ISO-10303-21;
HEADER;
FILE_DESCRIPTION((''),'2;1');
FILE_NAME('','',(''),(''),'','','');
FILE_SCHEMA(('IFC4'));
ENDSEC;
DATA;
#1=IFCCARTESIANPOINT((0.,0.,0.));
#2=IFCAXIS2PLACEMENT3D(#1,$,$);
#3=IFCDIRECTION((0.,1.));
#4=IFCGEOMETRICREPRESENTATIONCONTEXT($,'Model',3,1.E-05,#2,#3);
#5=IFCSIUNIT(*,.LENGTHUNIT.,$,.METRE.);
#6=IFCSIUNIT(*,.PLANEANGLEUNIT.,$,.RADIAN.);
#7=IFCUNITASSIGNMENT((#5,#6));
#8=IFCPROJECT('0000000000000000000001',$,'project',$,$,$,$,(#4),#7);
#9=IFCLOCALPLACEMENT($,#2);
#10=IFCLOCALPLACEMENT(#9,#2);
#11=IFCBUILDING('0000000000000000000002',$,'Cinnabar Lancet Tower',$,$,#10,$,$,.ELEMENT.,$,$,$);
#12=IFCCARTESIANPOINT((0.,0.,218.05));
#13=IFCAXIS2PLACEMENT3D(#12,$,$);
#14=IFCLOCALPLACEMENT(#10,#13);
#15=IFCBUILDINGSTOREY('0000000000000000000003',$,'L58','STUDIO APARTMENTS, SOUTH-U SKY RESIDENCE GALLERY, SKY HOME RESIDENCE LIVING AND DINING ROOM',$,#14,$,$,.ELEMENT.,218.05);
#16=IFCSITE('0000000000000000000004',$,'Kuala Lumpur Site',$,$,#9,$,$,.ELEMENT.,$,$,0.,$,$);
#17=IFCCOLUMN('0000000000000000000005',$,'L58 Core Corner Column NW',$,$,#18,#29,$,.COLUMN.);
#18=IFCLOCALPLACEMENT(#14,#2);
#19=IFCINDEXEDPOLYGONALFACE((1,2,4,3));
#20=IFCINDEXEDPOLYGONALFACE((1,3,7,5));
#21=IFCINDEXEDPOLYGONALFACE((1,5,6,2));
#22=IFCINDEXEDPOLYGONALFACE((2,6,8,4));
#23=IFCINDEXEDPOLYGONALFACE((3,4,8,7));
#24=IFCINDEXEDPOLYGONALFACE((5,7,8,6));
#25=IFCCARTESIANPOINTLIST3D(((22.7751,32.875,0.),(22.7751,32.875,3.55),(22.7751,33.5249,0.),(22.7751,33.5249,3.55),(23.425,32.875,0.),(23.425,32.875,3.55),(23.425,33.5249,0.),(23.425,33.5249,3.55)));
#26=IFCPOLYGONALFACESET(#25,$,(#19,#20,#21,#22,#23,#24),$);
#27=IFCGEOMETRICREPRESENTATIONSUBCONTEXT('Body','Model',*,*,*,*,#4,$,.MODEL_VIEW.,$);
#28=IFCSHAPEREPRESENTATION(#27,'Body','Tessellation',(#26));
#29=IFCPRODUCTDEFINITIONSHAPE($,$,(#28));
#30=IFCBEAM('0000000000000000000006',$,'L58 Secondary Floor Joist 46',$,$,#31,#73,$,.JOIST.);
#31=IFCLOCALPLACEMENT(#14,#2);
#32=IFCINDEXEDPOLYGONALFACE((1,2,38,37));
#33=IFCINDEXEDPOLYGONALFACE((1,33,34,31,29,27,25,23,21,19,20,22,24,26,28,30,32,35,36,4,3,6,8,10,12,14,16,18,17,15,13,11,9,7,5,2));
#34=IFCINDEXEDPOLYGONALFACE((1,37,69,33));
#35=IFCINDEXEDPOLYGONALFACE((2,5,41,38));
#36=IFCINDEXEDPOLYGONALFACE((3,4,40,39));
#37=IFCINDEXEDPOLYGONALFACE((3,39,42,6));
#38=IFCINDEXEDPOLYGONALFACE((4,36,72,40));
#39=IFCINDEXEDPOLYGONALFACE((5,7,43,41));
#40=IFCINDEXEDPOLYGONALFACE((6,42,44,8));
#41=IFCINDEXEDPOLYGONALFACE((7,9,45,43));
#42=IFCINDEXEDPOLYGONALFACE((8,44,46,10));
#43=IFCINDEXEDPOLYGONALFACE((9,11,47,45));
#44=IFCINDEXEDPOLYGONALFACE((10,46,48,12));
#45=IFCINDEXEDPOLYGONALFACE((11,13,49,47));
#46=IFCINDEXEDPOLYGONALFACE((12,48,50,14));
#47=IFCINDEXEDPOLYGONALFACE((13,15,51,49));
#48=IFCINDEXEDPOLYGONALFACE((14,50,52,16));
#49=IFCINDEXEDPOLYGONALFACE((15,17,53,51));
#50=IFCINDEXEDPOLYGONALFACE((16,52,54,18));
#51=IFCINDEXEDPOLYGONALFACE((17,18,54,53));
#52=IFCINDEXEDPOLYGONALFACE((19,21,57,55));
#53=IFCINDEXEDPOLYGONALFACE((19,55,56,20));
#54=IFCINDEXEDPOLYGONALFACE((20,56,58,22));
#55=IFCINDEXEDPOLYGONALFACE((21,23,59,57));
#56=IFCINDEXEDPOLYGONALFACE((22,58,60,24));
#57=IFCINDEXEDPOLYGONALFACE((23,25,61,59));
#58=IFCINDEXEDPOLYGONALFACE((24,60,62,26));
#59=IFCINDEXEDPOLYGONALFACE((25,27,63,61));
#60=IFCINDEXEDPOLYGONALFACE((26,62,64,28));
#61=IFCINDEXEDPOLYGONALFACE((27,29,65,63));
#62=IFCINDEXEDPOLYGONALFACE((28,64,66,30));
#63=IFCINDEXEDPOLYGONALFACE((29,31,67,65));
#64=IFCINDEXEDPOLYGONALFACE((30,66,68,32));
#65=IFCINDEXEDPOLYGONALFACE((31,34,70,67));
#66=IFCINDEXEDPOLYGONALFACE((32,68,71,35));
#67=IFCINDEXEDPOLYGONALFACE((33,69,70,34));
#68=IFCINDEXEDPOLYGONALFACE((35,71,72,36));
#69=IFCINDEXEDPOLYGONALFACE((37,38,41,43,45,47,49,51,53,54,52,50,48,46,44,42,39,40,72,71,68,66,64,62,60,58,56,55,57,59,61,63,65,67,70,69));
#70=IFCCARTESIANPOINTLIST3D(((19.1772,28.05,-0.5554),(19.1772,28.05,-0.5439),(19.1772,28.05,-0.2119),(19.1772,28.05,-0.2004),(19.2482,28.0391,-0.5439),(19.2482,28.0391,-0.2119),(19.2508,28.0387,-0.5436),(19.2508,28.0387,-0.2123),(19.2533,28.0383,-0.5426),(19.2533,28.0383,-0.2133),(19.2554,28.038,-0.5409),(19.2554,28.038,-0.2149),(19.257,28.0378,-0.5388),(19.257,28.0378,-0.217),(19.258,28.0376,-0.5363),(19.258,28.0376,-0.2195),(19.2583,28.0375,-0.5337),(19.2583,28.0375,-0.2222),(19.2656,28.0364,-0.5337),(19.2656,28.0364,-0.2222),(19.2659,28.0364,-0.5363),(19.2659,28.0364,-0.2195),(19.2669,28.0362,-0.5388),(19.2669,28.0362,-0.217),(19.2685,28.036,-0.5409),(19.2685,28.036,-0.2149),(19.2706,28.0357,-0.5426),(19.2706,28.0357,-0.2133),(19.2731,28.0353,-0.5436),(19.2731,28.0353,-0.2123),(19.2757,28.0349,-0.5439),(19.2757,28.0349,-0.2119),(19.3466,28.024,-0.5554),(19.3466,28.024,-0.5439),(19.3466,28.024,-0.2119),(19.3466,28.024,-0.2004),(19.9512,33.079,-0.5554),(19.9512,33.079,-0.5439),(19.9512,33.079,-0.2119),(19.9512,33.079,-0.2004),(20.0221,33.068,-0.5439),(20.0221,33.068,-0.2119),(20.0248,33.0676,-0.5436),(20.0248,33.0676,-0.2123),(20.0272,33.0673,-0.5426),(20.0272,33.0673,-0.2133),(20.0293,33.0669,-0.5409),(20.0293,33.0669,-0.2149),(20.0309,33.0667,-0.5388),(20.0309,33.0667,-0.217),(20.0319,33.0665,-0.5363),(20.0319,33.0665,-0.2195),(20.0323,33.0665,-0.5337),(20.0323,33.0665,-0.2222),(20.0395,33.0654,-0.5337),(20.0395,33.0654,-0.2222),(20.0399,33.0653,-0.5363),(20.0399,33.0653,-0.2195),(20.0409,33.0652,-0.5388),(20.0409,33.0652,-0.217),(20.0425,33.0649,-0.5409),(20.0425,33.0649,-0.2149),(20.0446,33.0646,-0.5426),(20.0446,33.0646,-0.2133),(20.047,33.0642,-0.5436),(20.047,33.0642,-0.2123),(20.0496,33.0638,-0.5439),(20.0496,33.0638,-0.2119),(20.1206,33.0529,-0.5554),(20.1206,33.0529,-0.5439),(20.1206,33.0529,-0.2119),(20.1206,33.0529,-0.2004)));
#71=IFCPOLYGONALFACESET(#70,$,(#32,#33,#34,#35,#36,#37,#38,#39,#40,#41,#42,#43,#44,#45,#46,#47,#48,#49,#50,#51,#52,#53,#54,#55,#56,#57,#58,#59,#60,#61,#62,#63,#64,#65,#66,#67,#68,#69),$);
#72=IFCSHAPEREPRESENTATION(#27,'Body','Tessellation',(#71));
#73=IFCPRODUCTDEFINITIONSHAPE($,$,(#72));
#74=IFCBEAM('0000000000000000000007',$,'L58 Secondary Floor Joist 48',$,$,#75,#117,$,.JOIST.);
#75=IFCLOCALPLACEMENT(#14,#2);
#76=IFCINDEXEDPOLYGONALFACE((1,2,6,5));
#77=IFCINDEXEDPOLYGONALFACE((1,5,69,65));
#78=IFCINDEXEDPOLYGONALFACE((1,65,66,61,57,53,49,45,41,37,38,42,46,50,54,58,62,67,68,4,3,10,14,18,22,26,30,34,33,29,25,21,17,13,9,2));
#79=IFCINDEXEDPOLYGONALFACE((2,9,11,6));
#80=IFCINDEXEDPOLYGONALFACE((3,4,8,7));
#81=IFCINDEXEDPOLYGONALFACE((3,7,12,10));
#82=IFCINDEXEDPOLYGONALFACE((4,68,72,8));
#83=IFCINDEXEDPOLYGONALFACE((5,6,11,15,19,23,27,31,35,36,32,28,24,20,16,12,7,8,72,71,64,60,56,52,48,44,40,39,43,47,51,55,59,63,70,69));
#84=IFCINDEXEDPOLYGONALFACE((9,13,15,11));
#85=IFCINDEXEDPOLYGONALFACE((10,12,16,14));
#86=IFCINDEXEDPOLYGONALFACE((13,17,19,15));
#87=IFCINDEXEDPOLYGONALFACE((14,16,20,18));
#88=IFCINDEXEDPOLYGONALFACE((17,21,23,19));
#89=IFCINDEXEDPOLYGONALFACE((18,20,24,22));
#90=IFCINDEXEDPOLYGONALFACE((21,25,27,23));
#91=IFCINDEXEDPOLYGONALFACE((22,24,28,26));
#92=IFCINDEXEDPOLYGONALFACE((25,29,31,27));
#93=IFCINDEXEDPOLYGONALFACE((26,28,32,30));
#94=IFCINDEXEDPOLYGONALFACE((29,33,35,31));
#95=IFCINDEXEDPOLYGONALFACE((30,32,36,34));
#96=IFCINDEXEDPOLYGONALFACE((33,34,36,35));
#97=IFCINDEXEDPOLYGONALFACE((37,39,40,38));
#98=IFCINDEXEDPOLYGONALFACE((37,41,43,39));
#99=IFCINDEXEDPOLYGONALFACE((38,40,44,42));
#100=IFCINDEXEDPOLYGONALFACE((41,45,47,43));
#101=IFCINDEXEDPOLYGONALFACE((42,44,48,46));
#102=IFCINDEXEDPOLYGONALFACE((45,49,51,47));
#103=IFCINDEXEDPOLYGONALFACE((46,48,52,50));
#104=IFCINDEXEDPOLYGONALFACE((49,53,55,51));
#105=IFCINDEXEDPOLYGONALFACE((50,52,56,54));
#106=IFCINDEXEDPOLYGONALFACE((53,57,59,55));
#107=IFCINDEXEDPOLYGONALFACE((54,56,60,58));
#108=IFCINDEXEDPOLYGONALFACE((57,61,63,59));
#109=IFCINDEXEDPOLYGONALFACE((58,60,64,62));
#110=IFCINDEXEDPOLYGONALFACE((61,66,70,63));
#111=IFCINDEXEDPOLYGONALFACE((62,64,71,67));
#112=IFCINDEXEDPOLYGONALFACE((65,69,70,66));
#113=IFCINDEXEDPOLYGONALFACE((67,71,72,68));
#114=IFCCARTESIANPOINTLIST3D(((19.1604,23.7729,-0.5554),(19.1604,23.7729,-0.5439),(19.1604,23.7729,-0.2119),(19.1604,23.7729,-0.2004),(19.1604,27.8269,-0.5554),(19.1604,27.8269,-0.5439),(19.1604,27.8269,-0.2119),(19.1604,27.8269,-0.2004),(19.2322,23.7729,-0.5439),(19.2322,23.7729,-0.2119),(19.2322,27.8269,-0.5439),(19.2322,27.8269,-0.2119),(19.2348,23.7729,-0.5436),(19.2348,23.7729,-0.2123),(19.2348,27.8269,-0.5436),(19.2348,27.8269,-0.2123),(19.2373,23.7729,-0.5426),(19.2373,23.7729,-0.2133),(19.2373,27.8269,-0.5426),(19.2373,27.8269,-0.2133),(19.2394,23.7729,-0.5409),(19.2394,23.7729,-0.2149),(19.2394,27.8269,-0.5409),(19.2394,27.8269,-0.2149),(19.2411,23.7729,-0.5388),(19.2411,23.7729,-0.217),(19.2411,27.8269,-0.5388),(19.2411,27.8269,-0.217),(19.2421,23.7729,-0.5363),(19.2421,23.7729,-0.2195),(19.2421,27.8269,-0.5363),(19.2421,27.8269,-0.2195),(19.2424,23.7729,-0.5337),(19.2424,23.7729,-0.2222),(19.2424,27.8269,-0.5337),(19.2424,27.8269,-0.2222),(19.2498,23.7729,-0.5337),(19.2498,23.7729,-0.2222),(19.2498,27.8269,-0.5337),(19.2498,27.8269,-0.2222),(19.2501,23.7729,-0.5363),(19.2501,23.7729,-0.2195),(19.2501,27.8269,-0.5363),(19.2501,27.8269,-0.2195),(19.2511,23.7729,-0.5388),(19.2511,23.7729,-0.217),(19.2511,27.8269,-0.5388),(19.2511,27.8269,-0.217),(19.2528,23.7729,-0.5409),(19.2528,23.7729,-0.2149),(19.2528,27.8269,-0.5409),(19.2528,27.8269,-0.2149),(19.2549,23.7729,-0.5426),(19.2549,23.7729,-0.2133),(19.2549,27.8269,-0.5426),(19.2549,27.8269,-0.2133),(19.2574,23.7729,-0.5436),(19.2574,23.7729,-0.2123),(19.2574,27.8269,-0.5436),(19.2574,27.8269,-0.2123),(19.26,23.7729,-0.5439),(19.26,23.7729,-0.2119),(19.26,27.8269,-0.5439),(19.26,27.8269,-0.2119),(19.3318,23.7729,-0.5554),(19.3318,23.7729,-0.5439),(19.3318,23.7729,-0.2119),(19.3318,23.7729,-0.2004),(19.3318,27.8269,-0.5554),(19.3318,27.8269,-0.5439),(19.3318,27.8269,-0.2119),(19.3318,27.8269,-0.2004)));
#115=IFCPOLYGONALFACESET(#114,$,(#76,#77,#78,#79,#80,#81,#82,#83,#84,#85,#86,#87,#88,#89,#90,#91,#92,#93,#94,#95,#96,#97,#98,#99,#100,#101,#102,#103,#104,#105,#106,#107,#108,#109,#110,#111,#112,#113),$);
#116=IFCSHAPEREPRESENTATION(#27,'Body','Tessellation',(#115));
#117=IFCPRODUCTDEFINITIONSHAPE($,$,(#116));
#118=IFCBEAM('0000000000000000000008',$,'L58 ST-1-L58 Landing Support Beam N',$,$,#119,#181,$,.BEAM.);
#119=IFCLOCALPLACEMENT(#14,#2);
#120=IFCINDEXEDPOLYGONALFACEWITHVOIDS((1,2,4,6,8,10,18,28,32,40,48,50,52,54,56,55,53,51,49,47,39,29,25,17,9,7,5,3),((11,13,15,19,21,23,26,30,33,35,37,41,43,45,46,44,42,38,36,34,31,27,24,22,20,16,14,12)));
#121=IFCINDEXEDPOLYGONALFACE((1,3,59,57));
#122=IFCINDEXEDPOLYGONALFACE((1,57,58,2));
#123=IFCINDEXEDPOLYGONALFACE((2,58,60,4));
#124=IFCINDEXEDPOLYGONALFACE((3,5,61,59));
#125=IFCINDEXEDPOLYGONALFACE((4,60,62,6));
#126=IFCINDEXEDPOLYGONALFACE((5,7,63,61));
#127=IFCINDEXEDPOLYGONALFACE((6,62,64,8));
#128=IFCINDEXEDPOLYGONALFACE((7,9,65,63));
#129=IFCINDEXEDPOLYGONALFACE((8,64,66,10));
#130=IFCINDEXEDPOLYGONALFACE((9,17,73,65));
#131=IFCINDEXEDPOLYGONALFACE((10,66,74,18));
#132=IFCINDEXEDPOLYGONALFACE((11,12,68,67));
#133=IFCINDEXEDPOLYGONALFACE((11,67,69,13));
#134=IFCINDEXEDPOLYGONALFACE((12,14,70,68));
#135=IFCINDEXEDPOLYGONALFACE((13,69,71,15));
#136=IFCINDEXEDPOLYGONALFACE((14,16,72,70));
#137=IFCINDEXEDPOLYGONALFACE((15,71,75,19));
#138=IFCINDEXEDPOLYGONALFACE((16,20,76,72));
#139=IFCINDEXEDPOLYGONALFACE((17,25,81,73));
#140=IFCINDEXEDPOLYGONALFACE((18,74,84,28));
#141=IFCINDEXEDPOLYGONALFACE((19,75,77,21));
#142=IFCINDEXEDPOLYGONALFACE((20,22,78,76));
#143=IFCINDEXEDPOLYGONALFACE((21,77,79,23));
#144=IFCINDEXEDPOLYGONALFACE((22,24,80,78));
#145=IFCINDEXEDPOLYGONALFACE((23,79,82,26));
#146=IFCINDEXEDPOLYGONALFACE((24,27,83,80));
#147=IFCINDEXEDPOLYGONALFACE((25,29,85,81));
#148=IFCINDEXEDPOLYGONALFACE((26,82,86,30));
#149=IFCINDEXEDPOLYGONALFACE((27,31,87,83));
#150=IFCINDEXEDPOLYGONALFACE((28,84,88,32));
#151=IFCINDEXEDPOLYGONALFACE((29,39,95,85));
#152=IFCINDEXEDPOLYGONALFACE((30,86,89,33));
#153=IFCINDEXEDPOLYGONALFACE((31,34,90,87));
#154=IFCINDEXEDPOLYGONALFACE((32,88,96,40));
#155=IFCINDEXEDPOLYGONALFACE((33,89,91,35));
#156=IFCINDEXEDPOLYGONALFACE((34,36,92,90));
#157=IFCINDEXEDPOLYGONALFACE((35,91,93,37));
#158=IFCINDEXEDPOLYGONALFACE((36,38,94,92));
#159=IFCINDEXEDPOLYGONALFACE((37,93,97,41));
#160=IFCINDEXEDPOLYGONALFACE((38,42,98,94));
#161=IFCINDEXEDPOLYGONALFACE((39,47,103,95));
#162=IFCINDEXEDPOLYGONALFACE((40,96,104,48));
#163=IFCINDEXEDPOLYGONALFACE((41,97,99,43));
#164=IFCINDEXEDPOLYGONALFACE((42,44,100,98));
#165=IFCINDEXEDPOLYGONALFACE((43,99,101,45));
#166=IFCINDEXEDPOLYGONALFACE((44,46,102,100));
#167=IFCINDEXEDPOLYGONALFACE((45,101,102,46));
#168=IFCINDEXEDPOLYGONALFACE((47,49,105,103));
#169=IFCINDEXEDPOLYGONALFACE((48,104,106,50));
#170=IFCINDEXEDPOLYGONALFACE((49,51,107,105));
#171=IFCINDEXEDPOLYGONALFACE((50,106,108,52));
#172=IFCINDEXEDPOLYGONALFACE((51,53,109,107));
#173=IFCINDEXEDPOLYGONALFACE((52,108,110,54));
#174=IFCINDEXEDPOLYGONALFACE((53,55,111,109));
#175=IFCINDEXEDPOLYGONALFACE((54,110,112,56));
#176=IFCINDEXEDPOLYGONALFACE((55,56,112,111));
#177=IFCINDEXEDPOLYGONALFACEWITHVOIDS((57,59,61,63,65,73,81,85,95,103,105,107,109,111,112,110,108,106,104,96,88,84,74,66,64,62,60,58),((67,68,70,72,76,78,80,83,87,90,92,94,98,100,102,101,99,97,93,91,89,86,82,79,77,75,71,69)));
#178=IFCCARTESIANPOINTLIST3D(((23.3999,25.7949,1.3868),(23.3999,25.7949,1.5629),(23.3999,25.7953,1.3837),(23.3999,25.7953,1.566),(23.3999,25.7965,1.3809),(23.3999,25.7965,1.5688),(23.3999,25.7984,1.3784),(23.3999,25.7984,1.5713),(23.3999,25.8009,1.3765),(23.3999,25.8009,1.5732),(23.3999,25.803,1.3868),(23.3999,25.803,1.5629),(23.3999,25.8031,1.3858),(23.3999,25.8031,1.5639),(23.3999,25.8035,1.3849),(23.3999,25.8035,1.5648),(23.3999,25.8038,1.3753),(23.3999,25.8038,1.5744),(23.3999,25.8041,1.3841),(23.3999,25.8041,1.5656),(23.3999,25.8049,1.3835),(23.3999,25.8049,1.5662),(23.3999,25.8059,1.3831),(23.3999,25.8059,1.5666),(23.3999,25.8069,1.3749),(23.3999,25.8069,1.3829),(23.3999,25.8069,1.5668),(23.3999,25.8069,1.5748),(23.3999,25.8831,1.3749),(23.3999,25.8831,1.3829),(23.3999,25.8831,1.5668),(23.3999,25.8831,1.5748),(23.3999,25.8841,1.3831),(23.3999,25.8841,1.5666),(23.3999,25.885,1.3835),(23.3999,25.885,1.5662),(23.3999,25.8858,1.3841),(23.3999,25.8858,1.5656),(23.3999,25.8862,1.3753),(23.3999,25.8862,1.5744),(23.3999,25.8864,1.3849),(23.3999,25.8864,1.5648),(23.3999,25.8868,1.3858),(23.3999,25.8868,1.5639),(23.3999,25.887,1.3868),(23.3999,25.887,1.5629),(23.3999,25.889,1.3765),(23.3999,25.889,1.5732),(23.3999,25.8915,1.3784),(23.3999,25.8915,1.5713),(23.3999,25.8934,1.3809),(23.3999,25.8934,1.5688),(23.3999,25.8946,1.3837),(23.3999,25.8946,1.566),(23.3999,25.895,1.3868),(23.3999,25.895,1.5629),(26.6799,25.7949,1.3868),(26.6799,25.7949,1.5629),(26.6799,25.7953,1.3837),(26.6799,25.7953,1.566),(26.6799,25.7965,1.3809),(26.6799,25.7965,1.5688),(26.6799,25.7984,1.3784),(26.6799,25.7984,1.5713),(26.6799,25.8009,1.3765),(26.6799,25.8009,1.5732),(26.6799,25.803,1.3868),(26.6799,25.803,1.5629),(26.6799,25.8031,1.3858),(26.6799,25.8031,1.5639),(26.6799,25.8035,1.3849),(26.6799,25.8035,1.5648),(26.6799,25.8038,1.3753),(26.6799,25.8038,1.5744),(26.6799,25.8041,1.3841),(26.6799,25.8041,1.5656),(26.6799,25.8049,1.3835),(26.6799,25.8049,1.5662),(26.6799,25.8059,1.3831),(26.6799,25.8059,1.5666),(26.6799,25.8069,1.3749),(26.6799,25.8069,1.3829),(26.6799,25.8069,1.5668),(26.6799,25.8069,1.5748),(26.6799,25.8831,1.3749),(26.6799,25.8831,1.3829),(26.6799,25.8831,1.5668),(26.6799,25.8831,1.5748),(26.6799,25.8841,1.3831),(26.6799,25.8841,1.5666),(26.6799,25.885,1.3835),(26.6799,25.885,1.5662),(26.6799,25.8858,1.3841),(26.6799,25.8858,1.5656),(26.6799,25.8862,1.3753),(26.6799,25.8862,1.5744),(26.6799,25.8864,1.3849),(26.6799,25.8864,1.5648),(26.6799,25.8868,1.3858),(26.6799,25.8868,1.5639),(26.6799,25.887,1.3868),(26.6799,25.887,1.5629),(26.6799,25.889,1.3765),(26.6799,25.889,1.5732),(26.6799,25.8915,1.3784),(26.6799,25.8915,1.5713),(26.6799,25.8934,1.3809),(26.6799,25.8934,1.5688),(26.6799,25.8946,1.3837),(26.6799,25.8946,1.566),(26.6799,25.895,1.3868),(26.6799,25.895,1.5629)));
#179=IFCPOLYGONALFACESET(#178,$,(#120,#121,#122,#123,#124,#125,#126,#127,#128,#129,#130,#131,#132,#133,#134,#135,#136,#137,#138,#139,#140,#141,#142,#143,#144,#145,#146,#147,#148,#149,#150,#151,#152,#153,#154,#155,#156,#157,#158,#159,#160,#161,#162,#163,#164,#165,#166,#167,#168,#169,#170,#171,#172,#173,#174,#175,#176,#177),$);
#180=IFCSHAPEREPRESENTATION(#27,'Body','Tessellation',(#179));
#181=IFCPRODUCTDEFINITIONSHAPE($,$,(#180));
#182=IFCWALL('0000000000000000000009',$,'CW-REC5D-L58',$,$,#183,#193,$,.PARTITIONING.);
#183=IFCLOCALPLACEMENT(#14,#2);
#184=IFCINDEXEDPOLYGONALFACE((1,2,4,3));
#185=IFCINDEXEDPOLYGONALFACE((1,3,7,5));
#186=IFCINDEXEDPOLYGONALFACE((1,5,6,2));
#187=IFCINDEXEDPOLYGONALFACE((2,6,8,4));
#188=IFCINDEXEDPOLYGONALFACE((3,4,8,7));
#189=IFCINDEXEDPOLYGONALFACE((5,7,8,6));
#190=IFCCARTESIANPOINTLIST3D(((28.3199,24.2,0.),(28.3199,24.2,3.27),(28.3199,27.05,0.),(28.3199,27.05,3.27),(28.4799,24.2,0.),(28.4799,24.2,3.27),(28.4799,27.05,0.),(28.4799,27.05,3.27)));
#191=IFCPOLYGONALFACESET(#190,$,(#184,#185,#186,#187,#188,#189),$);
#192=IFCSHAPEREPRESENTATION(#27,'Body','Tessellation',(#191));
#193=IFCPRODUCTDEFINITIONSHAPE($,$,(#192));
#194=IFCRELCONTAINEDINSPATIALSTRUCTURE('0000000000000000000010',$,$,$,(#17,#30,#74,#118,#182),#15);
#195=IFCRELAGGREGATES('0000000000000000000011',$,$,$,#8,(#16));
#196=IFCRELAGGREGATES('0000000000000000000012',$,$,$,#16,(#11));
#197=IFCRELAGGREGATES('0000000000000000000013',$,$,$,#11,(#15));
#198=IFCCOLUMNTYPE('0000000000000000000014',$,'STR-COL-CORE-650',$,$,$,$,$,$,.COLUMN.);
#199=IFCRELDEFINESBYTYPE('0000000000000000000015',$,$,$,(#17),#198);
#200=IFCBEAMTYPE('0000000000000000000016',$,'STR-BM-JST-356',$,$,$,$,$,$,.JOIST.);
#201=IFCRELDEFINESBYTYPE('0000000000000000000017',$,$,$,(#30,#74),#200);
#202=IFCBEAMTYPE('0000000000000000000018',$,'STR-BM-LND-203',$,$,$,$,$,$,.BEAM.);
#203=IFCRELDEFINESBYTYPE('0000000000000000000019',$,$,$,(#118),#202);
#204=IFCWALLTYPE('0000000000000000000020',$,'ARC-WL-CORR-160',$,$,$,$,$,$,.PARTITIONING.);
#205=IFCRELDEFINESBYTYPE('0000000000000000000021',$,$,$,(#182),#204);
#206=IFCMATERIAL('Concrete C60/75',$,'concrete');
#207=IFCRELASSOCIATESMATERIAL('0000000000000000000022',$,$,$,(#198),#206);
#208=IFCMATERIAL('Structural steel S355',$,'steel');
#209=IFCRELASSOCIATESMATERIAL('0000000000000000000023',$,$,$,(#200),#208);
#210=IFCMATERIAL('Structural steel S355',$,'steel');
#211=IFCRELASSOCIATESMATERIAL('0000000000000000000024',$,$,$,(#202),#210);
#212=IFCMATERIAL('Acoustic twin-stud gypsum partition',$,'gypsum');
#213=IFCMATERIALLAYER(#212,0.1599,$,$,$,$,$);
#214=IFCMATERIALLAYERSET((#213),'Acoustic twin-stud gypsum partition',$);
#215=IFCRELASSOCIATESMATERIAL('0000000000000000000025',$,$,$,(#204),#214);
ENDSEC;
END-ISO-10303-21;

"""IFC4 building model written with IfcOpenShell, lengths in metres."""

from ifc_helpers import new_model, si_unit, direction, frame, frame_2d, origin, origin_2d, place, context, subcontext, project, spatial, rectangle, hollow_rectangle, i_section, extrude, material, layer, layer_set, material_profile, profile_set, type_object, element, save


model = new_model("IFC4")

# Units and contexts
model_context = context("Model", 3, precision=1e-05, world=origin(), true_north=direction((0.0, 1.0)))
body_context = subcontext(model_context, "Body", "Model", "MODEL_VIEW")
ifc_project = project(units=[si_unit("LENGTHUNIT", "METRE"), si_unit("PLANEANGLEUNIT", "RADIAN")], contexts=[model_context])

# Site, building, storey
site_placement = place(None, origin())
site = spatial("IfcSite", under=ifc_project, at=site_placement, Name="Kuala Lumpur Site", CompositionType="ELEMENT", RefElevation=0.0)
building_placement = place(site_placement, origin())
building = spatial("IfcBuilding", under=site, at=building_placement, Name="Cinnabar Lancet Tower", CompositionType="ELEMENT")
storey_placement = place(building_placement, frame((0.0, 0.0, 218.05)))
storey = spatial("IfcBuildingStorey", under=building, at=storey_placement, Name="L58", Description="STUDIO APARTMENTS, SOUTH-U SKY RESIDENCE GALLERY, SKY HOME RESIDENCE LIVING AND DINING ROOM", CompositionType="ELEMENT", Elevation=218.05)

# Column
ifc_material_1 = material(Name="Concrete C60/75", Category="concrete")
ifc_material_profile_1 = material_profile(ifc_material_1, rectangle(XDim=0.6499, YDim=0.6499, at=origin_2d()), Name="RC-COL 650x650")
ifc_profile_set_1 = profile_set([ifc_material_profile_1], Name="Concrete C60/75")
column_type = type_object("IfcColumnType", Name="STR-COL-CORE-650", PredefinedType="COLUMN", material=ifc_profile_set_1)
column_placement = place(storey_placement, frame((23.1001, 33.2, 0.0), z_axis=(0.0, 0.0, 1.0), x_axis=(1.0, 0.0, 0.0)))
element("IfcColumn", 1, at=column_placement, inside=storey, type_object=column_type, Name="L58 Core Corner Column NW", PredefinedType="COLUMN", context=body_context, shape_type="SweptSolid", body=[
    extrude(rectangle(XDim=0.6499, YDim=0.6499, at=origin_2d()), origin(), (0.0, 0.0, 1.0), 3.55),
])

# Beams
ifc_material_2 = material(Name="Structural steel S355", Category="steel")
ifc_material_profile_2 = material_profile(ifc_material_2, i_section(OverallWidth=0.1714, OverallDepth=0.355, WebThickness=0.0073, FlangeThickness=0.0115, FilletRadius=0.0103, at=origin_2d()), Name="UKB 356x171x51")
ifc_profile_set_2 = profile_set([ifc_material_profile_2], Name="Structural steel S355")
beam_type_1 = type_object("IfcBeamType", Name="STR-BM-JST-356", PredefinedType="JOIST", material=ifc_profile_set_2)
beam_1_placement = place(storey_placement, frame((20.0359, 33.0659, -0.3779), z_axis=(-0.152108, -0.988364, 0.0), x_axis=(0.988364, -0.152108, 0.0)))
element("IfcBeam", 2, at=beam_1_placement, inside=storey, type_object=beam_type_1, Name="L58 Secondary Floor Joist 46", PredefinedType="JOIST", context=body_context, shape_type="SweptSolid", body=[
    extrude(i_section(OverallWidth=0.1714, OverallDepth=0.355, WebThickness=0.0073, FlangeThickness=0.0115, FilletRadius=0.0103, at=origin_2d()), origin(), (0.0, 0.0, 1.0), 5.0881),
])
beam_2_placement = place(storey_placement, frame((19.2461, 27.8269, -0.3779), z_axis=(0.0, -1.0, 0.0), x_axis=(1.0, 0.0, 0.0)))
element("IfcBeam", 3, at=beam_2_placement, inside=storey, type_object=beam_type_1, Name="L58 Secondary Floor Joist 48", PredefinedType="JOIST", context=body_context, shape_type="SweptSolid", body=[
    extrude(i_section(OverallWidth=0.1714, OverallDepth=0.355, WebThickness=0.0073, FlangeThickness=0.0115, FilletRadius=0.0103, at=origin_2d()), origin(), (0.0, 0.0, 1.0), 4.054),
])
ifc_material_3 = material(Name="Structural steel S355", Category="steel")
ifc_material_profile_3 = material_profile(ifc_material_3, hollow_rectangle(XDim=0.1001, YDim=0.2, WallThickness=0.0081, InnerFilletRadius=0.0039, OuterFilletRadius=0.012, at=origin_2d()), Name="RHS 200x100x8")
ifc_profile_set_3 = profile_set([ifc_material_profile_3], Name="Structural steel S355")
beam_type_2 = type_object("IfcBeamType", Name="STR-BM-LND-203", PredefinedType="BEAM", material=ifc_profile_set_3)
beam_3_placement = place(storey_placement, frame((23.3999, 25.845, 1.4749), z_axis=(1.0, 0.0, 0.0), x_axis=(0.0, 1.0, 0.0)))
element("IfcBeam", 4, at=beam_3_placement, inside=storey, type_object=beam_type_2, Name="L58 ST-1-L58 Landing Support Beam N", PredefinedType="BEAM", context=body_context, shape_type="SweptSolid", body=[
    extrude(hollow_rectangle(XDim=0.1001, YDim=0.2, WallThickness=0.0081, InnerFilletRadius=0.0039, OuterFilletRadius=0.012, at=origin_2d()), origin(), (0.0, 0.0, 1.0), 3.28),
])

# Wall
ifc_material_4 = material(Name="Acoustic twin-stud gypsum partition", Category="gypsum")
ifc_layer_1 = layer(ifc_material_4, 0.1599)
ifc_layer_set_1 = layer_set([ifc_layer_1], Name="Acoustic twin-stud gypsum partition")
wall_type_1 = type_object("IfcWallType", Name="ARC-WL-CORR-160", PredefinedType="PARTITIONING", material=ifc_layer_set_1)
wall_1_placement = place(storey_placement, frame((28.3999, 24.2, 0.0), z_axis=(0.0, 0.0, 1.0), x_axis=(0.0, 1.0, 0.0)))
element("IfcWall", 5, at=wall_1_placement, inside=storey, type_object=wall_type_1, Name="CW-REC5D-L58", PredefinedType="PARTITIONING", context=body_context, shape_type="SweptSolid", body=[
    extrude(rectangle(XDim=2.8501, YDim=0.1599, at=frame_2d((1.425, 0.0))), origin(), (0.0, 0.0, 1.0), 3.27),
])

save(model, "model.ifc")
